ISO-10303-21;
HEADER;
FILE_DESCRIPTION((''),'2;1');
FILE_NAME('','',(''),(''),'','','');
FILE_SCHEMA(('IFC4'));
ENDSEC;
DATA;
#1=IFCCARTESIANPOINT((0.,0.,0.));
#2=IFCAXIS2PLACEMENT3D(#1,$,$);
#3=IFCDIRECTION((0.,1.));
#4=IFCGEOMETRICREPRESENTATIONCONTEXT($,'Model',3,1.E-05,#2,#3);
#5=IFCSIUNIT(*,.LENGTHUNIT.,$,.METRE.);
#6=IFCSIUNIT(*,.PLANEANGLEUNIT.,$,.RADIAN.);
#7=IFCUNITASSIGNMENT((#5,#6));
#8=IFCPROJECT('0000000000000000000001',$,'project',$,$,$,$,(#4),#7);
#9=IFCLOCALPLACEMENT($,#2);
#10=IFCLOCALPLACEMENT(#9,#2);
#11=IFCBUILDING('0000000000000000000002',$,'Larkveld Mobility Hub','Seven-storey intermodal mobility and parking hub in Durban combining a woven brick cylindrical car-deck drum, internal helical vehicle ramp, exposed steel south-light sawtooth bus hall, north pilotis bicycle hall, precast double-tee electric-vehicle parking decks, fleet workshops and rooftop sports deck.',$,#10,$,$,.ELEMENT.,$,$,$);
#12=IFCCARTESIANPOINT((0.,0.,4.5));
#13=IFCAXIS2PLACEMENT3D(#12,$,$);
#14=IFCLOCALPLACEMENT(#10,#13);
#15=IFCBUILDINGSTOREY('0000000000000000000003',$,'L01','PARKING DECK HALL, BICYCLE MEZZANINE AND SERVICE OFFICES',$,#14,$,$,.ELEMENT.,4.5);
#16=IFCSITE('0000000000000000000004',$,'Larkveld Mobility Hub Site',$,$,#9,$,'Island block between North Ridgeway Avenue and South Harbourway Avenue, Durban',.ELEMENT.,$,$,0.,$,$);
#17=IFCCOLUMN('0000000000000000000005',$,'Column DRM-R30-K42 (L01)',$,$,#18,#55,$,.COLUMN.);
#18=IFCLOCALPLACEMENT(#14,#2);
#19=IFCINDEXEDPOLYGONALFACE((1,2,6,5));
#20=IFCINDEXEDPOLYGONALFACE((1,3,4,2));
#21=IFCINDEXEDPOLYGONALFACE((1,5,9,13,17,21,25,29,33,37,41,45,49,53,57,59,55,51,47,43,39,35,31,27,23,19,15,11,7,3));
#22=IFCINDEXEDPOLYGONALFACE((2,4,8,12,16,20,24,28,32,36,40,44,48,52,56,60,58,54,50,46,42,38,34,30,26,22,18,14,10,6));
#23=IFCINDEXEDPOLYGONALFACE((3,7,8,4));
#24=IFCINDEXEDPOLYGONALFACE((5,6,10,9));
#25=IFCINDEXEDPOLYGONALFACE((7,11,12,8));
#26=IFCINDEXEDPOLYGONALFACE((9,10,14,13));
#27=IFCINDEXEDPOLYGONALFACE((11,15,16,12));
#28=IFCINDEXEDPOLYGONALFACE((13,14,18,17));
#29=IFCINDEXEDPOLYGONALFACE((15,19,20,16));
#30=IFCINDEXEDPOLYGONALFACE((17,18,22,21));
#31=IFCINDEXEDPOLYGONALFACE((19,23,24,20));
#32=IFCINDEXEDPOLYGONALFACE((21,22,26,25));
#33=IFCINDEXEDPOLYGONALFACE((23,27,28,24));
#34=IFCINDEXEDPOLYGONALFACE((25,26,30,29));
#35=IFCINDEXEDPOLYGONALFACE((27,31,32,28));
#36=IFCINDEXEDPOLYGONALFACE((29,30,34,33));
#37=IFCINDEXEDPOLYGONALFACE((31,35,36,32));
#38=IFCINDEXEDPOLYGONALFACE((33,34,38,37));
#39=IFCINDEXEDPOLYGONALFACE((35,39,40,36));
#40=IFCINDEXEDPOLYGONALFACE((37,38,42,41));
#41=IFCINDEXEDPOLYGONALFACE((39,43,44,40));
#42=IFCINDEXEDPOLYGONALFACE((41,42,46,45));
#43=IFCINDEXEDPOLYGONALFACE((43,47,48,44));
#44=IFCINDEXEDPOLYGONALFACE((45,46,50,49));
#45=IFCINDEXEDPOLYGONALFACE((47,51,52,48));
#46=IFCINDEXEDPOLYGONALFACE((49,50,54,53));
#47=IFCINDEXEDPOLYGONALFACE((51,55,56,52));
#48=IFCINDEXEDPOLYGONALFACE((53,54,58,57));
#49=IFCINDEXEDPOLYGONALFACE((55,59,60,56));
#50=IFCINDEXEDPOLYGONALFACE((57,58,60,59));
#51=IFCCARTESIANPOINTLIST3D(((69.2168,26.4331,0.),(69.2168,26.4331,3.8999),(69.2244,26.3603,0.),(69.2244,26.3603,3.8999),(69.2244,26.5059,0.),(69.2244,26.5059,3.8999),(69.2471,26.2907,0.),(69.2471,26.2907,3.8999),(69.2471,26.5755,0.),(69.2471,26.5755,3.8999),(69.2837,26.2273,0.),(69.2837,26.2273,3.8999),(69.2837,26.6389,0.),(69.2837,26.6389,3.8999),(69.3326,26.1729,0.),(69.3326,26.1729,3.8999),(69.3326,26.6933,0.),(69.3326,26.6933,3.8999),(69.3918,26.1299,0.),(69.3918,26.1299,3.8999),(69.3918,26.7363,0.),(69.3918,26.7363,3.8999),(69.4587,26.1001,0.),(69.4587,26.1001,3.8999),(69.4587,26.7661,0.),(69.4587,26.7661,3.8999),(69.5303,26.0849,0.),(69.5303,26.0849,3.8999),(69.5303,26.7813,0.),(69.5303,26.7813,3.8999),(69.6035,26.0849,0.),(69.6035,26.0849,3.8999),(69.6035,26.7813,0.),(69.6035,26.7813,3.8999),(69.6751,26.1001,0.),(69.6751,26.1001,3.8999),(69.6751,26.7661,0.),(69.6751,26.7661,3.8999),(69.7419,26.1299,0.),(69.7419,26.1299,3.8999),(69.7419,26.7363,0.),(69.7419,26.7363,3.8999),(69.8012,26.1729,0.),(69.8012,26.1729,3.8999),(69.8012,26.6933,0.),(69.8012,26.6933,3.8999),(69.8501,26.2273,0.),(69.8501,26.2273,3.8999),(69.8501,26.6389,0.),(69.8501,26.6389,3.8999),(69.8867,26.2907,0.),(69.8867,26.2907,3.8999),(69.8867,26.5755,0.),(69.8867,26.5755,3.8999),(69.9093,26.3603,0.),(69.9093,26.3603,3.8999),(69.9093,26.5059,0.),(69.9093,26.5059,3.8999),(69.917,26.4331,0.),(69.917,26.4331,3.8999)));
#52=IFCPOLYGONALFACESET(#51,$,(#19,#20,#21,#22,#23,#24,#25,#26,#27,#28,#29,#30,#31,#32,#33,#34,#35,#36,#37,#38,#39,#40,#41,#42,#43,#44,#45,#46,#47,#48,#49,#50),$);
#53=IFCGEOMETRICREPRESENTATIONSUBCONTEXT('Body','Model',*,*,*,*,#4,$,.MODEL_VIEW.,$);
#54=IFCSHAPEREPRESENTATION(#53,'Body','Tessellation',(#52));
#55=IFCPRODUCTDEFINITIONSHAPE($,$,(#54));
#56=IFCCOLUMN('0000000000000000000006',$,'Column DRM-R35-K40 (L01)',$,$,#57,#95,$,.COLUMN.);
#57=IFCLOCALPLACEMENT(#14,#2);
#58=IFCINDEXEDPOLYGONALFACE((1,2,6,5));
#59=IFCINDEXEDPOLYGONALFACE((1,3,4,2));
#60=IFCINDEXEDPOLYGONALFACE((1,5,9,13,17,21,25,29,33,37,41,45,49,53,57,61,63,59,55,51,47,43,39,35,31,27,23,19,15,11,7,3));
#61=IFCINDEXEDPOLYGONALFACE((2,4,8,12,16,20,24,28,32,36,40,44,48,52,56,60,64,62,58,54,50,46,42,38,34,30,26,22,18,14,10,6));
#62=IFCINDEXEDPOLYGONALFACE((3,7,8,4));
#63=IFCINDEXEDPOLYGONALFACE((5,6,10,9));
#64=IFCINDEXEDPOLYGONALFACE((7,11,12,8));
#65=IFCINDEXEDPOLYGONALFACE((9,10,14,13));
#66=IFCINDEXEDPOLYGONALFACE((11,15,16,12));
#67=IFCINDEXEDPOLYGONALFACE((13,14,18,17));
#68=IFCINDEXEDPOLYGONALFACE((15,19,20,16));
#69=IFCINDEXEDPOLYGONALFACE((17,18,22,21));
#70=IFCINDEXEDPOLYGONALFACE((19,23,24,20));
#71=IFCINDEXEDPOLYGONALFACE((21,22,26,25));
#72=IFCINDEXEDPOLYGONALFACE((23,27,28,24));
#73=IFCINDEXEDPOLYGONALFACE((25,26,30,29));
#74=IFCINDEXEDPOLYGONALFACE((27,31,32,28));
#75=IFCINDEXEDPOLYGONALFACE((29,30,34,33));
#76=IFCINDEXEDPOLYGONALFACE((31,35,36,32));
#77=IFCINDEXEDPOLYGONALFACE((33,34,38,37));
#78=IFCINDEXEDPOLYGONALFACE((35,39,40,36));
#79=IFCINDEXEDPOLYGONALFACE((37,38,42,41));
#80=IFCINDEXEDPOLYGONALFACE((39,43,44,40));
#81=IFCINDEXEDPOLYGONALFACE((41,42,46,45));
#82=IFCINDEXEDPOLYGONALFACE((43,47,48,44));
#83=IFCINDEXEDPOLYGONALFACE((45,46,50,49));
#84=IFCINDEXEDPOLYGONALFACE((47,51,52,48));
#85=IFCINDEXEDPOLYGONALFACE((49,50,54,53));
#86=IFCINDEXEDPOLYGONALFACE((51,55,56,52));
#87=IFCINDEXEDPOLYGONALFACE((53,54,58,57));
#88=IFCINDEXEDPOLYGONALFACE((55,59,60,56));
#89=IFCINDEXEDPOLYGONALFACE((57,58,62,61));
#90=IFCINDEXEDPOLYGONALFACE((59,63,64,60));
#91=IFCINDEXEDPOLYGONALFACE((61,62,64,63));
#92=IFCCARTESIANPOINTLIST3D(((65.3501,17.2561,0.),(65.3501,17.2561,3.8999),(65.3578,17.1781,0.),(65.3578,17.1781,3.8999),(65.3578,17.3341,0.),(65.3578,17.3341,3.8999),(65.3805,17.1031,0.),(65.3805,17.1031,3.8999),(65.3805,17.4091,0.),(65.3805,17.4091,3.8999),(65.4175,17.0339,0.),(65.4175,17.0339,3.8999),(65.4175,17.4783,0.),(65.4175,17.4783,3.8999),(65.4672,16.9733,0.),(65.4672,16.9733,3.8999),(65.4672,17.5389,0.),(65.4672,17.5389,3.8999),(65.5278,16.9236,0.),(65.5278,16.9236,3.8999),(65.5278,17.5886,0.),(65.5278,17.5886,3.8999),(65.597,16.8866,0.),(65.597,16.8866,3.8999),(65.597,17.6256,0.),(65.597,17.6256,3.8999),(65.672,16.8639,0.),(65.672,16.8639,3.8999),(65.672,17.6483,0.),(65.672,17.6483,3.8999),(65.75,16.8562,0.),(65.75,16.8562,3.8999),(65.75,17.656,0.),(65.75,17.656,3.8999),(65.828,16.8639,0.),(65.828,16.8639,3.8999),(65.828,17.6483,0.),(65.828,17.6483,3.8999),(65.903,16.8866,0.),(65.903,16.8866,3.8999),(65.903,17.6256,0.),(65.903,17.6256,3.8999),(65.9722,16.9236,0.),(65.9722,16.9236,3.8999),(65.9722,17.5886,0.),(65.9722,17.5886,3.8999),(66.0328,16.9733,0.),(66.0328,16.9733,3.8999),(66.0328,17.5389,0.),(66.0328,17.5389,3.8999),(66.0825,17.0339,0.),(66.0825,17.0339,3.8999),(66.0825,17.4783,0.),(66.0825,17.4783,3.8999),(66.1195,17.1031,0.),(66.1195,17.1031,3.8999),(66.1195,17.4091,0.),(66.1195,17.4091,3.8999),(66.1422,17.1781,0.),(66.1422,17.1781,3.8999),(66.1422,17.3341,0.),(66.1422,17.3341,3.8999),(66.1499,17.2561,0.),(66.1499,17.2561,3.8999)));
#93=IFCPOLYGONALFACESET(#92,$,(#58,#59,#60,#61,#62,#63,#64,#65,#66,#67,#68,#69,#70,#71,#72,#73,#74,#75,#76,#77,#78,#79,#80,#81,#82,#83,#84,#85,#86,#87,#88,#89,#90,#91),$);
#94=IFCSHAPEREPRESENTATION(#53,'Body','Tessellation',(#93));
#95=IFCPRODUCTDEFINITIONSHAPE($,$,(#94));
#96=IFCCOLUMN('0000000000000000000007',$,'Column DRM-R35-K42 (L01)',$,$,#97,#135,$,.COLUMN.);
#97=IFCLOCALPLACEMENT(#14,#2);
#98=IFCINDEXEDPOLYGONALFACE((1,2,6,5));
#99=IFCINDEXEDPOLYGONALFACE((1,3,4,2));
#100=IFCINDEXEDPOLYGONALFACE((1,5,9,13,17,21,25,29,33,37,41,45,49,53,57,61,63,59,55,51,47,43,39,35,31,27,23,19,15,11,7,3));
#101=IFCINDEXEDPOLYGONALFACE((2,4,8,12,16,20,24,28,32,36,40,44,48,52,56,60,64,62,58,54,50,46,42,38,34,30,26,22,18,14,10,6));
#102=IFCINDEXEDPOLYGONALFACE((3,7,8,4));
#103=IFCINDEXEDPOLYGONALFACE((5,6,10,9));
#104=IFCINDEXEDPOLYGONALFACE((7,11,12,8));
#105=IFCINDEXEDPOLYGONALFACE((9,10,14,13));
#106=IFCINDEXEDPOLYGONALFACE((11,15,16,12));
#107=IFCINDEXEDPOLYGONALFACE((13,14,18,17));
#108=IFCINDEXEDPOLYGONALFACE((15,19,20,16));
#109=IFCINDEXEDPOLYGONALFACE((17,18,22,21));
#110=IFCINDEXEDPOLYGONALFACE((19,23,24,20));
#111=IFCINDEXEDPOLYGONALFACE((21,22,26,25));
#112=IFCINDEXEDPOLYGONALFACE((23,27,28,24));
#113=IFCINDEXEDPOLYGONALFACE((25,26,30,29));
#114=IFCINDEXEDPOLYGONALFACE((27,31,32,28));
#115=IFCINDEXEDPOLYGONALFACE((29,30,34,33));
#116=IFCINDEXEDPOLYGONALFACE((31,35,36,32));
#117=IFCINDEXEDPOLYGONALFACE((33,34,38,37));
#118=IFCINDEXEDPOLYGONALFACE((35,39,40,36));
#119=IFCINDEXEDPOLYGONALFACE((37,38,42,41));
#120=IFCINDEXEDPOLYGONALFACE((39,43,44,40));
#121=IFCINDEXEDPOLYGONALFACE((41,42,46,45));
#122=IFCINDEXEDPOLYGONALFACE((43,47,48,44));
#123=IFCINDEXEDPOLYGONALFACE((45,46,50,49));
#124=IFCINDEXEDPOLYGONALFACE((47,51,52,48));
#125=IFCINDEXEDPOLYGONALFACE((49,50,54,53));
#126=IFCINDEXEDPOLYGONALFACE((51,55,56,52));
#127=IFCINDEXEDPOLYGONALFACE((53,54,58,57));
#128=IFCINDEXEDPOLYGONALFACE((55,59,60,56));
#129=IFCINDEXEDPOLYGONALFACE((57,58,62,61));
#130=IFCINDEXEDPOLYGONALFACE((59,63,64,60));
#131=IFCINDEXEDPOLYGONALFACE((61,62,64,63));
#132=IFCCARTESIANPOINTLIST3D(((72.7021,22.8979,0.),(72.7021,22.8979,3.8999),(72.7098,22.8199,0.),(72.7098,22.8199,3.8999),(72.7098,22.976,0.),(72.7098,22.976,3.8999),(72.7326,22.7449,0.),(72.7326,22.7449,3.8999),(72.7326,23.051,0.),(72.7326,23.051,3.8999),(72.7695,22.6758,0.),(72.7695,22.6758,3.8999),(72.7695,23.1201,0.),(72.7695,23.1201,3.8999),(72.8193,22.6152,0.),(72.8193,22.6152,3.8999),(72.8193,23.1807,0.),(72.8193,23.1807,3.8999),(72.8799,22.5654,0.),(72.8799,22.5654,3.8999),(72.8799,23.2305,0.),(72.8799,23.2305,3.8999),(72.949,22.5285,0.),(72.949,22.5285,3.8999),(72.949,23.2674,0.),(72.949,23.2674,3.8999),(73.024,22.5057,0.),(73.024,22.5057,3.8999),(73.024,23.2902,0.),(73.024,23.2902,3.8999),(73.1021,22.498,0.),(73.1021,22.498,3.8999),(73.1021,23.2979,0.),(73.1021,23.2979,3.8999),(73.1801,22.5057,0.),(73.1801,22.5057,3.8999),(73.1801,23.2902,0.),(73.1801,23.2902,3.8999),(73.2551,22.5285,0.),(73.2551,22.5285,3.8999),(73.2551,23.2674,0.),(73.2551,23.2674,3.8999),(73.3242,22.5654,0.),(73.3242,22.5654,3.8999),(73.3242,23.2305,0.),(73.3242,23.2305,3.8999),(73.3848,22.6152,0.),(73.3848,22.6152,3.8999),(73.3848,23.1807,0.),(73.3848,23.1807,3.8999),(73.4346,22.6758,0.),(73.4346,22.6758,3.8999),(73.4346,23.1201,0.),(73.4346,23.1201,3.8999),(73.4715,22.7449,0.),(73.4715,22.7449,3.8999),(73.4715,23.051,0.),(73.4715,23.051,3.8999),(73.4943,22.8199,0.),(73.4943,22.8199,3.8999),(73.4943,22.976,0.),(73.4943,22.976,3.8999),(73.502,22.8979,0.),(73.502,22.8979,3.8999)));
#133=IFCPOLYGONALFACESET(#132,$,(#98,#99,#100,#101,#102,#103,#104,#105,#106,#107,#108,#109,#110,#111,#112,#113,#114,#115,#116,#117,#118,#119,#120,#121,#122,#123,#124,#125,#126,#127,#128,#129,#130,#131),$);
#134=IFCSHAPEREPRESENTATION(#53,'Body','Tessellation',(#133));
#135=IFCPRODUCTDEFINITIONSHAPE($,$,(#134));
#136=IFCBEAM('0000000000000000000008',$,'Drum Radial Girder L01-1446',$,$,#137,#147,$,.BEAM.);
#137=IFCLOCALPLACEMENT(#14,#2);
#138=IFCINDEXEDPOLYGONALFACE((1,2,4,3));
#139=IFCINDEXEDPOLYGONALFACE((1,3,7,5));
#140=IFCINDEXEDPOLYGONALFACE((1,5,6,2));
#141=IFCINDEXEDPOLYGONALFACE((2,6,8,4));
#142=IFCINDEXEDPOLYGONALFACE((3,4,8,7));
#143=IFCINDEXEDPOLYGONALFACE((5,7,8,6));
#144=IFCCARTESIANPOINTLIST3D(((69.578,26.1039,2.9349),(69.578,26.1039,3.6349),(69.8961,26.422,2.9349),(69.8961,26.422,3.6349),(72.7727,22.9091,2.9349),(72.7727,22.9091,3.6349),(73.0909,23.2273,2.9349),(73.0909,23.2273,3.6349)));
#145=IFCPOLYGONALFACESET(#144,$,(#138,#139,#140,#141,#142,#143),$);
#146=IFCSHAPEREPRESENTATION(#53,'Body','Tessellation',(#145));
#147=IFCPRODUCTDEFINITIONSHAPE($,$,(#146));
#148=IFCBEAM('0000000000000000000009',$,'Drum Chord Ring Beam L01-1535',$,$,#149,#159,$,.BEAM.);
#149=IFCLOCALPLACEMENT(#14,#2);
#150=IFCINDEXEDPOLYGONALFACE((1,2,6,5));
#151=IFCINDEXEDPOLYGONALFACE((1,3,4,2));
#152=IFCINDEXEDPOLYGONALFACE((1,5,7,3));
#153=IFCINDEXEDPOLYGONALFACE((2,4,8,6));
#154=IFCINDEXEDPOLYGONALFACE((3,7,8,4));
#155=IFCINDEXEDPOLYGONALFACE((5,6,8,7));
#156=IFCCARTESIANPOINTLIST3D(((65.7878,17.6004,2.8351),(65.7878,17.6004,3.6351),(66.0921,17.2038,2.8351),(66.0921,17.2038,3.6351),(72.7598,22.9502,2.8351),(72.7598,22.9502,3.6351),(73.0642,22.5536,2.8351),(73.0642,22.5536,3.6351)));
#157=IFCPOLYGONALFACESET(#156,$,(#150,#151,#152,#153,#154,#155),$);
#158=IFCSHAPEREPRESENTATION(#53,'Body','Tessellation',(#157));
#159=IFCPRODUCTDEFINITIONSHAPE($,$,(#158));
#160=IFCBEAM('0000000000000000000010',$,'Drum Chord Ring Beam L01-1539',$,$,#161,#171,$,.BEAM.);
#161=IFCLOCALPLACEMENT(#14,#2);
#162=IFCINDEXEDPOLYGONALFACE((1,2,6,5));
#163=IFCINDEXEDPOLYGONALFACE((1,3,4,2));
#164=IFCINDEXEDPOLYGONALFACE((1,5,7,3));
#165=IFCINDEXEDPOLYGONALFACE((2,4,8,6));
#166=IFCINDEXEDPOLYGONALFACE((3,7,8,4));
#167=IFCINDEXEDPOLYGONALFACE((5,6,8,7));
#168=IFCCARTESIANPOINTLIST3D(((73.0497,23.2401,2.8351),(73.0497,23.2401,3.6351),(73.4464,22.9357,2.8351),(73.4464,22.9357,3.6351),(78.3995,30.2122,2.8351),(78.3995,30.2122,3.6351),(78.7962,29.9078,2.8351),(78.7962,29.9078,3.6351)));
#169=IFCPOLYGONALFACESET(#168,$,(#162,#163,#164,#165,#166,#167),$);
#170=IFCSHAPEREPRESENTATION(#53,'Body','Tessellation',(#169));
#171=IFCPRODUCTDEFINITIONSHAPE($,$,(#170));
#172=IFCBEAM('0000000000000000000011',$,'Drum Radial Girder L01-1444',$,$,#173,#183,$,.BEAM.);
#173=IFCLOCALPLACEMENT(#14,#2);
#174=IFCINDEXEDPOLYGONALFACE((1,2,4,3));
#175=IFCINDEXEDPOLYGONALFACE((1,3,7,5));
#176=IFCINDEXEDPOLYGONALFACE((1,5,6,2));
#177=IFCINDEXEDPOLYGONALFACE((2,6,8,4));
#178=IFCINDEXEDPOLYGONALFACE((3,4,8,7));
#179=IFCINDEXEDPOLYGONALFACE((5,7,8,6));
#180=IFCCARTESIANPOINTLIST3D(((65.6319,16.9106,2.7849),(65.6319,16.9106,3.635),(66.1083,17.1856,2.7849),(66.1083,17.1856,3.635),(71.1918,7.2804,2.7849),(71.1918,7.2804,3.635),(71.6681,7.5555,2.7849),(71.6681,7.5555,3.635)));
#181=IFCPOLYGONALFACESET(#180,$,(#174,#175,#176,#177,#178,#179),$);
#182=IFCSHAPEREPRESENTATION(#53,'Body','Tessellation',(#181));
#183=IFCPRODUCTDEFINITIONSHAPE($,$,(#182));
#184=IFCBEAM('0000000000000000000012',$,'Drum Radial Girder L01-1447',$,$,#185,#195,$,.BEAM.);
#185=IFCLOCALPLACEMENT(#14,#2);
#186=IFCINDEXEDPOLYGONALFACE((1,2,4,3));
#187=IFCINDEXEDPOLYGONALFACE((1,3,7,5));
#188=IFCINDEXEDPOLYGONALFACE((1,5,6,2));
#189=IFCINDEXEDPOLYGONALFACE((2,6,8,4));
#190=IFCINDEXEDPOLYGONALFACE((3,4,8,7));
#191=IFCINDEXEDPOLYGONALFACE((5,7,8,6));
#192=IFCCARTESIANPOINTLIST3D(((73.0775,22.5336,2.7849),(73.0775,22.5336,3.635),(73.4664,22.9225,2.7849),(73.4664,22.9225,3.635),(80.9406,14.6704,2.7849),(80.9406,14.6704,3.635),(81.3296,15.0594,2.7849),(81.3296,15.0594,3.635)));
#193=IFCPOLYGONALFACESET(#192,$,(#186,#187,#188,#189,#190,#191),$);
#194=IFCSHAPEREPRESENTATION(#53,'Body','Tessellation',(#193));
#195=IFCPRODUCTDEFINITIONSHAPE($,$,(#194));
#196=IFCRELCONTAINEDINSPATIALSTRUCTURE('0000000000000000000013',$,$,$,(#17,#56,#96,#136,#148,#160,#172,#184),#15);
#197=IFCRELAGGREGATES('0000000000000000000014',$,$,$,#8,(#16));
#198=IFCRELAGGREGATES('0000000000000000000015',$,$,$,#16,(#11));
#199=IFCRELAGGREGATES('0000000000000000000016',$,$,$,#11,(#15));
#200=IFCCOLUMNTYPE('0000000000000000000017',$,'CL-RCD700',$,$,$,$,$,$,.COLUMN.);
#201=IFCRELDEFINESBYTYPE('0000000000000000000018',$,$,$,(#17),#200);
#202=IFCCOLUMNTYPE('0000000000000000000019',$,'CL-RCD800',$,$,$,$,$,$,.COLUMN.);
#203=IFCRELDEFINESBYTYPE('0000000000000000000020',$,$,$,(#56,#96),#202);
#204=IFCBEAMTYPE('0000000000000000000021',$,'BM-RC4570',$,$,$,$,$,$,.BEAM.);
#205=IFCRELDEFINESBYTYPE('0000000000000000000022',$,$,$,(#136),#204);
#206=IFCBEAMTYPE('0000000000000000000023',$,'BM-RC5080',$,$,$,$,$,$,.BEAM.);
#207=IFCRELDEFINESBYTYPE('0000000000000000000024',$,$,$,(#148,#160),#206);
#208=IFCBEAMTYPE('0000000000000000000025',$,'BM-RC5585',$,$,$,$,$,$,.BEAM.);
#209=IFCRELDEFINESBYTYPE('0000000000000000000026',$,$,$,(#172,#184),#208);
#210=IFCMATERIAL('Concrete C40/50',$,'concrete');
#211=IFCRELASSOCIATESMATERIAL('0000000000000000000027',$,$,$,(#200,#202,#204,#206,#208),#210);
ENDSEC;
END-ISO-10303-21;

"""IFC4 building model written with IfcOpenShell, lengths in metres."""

from ifc_helpers import new_model, si_unit, direction, frame, origin, origin_2d, place, context, subcontext, project, spatial, rectangle, circle, extrude, material, material_profile, profile_set, type_object, element, save


model = new_model("IFC4")

# Units and contexts
model_context = context("Model", 3, precision=1e-05, world=origin(), true_north=direction((0.0, 1.0)))
body_context = subcontext(model_context, "Body", "Model", "MODEL_VIEW")
ifc_project = project(units=[si_unit("LENGTHUNIT", "METRE"), si_unit("PLANEANGLEUNIT", "RADIAN")], contexts=[model_context])

# Site, building, storey
site_placement = place(None, origin())
site = spatial("IfcSite", under=ifc_project, at=site_placement, Name="Larkveld Mobility Hub Site", LongName="Island block between North Ridgeway Avenue and South Harbourway Avenue, Durban", CompositionType="ELEMENT", RefElevation=0.0)
building_placement = place(site_placement, origin())
building = spatial("IfcBuilding", under=site, at=building_placement, Name="Larkveld Mobility Hub", Description="Seven-storey intermodal mobility and parking hub in Durban combining a woven brick cylindrical car-deck drum, internal helical vehicle ramp, exposed steel south-light sawtooth bus hall, north pilotis bicycle hall, precast double-tee electric-vehicle parking decks, fleet workshops and rooftop sports deck.", CompositionType="ELEMENT")
storey_placement = place(building_placement, frame((0.0, 0.0, 4.5)))
storey = spatial("IfcBuildingStorey", under=building, at=storey_placement, Name="L01", Description="PARKING DECK HALL, BICYCLE MEZZANINE AND SERVICE OFFICES", CompositionType="ELEMENT", Elevation=4.5)

# Columns
ifc_material_1 = material(Name="Concrete C40/50", Category="concrete")
ifc_material_profile_1 = material_profile(ifc_material_1, circle(Radius=0.3501, at=origin_2d()), Name="RC COL D700")
ifc_profile_set_1 = profile_set([ifc_material_profile_1], Name="Concrete C40/50")
column_type_1 = type_object("IfcColumnType", Name="CL-RCD700", PredefinedType="COLUMN", material=ifc_profile_set_1)
column_placement = place(storey_placement, frame((69.5669, 26.4331, 0.0), z_axis=(0.0, 0.0, 1.0), x_axis=(1.0, 0.0, 0.0)))
element("IfcColumn", 1, at=column_placement, inside=storey, type_object=column_type_1, Name="Column DRM-R30-K42 (L01)", PredefinedType="COLUMN", context=body_context, shape_type="SweptSolid", body=[
    extrude(circle(Radius=0.3501, at=origin_2d()), origin(), (0.0, 0.0, 1.0), 3.8999),
])
ifc_material_profile_2 = material_profile(ifc_material_1, circle(Radius=0.3999, at=origin_2d()), Name="RC COL D800")
ifc_profile_set_2 = profile_set([ifc_material_profile_2], Name="Concrete C40/50")
column_type_2 = type_object("IfcColumnType", Name="CL-RCD800", PredefinedType="COLUMN", material=ifc_profile_set_2)
for number, where, z_axis, x_axis, name in (
    (2, (65.75, 17.2561, 0.0), (0.0, 0.0, 1.0), (1.0, 0.0, 0.0), "Column DRM-R35-K40 (L01)"),
    (3, (73.1021, 22.8979, 0.0), (0.0, 0.0, 1.0), (1.0, 0.0, 0.0), "Column DRM-R35-K42 (L01)"),
):
    element("IfcColumn", number, at=place(storey_placement, frame(where, z_axis=z_axis, x_axis=x_axis)), inside=storey, type_object=column_type_2, Name=name, PredefinedType="COLUMN", context=body_context, shape_type="SweptSolid", body=[
        extrude(circle(Radius=0.3999, at=origin_2d()), origin(), (0.0, 0.0, 1.0), 3.8999),
    ])

# Beams
ifc_material_profile_3 = material_profile(ifc_material_1, rectangle(XDim=0.45, YDim=0.7, at=origin_2d()), Name="RC BM 450x700")
ifc_profile_set_3 = profile_set([ifc_material_profile_3], Name="Concrete C40/50")
beam_type_1 = type_object("IfcBeamType", Name="BM-RC4570", PredefinedType="BEAM", material=ifc_profile_set_3)
beam_1_placement = place(storey_placement, frame((69.7371, 26.2629, 3.2849), z_axis=(0.707107, -0.707107, 0.0), x_axis=(0.707107, 0.707107, 0.0)))
element("IfcBeam", 4, at=beam_1_placement, inside=storey, type_object=beam_type_1, Name="Drum Radial Girder L01-1446", PredefinedType="BEAM", context=body_context, shape_type="SweptSolid", body=[
    extrude(rectangle(XDim=0.45, YDim=0.7, at=origin_2d()), origin(), (0.0, 0.0, 1.0), 4.5181),
])
ifc_material_profile_4 = material_profile(ifc_material_1, rectangle(XDim=0.5, YDim=0.8, at=origin_2d()), Name="RC BM 500x800")
ifc_profile_set_4 = profile_set([ifc_material_profile_4], Name="Concrete C40/50")
beam_type_2 = type_object("IfcBeamType", Name="BM-RC5080", PredefinedType="BEAM", material=ifc_profile_set_4)
for number, where, z_axis, x_axis, name in (
    (5, (65.9399, 17.4021, 3.2351), (0.793358, 0.608756, 0.0), (-0.608756, 0.793358, 0.0), "Drum Chord Ring Beam L01-1535"),
    (6, (73.248, 23.0879, 3.2351), (0.608756, 0.793358, 0.0), (-0.793358, 0.608756, 0.0), "Drum Chord Ring Beam L01-1539"),
):
    element("IfcBeam", number, at=place(storey_placement, frame(where, z_axis=z_axis, x_axis=x_axis)), inside=storey, type_object=beam_type_2, Name=name, PredefinedType="BEAM", context=body_context, shape_type="SweptSolid", body=[
        extrude(rectangle(XDim=0.5, YDim=0.8, at=origin_2d()), origin(), (0.0, 0.0, 1.0), 8.7881),
    ])
ifc_material_profile_5 = material_profile(ifc_material_1, rectangle(XDim=0.55, YDim=0.8501, at=origin_2d()), Name="RC BM 550x850")
ifc_profile_set_5 = profile_set([ifc_material_profile_5], Name="Concrete C40/50")
beam_type_3 = type_object("IfcBeamType", Name="BM-RC5585", PredefinedType="BEAM", material=ifc_profile_set_5)
beam_2_placement = place(storey_placement, frame((65.8701, 17.0481, 3.21), z_axis=(0.49999, -0.866031, 0.0), x_axis=(0.866031, 0.49999, 0.0)))
element("IfcBeam", 7, at=beam_2_placement, inside=storey, type_object=beam_type_3, Name="Drum Radial Girder L01-1444", PredefinedType="BEAM", context=body_context, shape_type="SweptSolid", body=[
    extrude(rectangle(XDim=0.55, YDim=0.8501, at=origin_2d()), origin(), (0.0, 0.0, 1.0), 11.1199),
])
beam_3_placement = place(storey_placement, frame((73.272, 22.728, 3.21), z_axis=(0.707107, -0.707107, 0.0), x_axis=(0.707107, 0.707107, 0.0)))
element("IfcBeam", 8, at=beam_3_placement, inside=storey, type_object=beam_type_3, Name="Drum Radial Girder L01-1447", PredefinedType="BEAM", context=body_context, shape_type="SweptSolid", body=[
    extrude(rectangle(XDim=0.55, YDim=0.8501, at=origin_2d()), origin(), (0.0, 0.0, 1.0), 11.1201),
])

save(model, "model.ifc")
